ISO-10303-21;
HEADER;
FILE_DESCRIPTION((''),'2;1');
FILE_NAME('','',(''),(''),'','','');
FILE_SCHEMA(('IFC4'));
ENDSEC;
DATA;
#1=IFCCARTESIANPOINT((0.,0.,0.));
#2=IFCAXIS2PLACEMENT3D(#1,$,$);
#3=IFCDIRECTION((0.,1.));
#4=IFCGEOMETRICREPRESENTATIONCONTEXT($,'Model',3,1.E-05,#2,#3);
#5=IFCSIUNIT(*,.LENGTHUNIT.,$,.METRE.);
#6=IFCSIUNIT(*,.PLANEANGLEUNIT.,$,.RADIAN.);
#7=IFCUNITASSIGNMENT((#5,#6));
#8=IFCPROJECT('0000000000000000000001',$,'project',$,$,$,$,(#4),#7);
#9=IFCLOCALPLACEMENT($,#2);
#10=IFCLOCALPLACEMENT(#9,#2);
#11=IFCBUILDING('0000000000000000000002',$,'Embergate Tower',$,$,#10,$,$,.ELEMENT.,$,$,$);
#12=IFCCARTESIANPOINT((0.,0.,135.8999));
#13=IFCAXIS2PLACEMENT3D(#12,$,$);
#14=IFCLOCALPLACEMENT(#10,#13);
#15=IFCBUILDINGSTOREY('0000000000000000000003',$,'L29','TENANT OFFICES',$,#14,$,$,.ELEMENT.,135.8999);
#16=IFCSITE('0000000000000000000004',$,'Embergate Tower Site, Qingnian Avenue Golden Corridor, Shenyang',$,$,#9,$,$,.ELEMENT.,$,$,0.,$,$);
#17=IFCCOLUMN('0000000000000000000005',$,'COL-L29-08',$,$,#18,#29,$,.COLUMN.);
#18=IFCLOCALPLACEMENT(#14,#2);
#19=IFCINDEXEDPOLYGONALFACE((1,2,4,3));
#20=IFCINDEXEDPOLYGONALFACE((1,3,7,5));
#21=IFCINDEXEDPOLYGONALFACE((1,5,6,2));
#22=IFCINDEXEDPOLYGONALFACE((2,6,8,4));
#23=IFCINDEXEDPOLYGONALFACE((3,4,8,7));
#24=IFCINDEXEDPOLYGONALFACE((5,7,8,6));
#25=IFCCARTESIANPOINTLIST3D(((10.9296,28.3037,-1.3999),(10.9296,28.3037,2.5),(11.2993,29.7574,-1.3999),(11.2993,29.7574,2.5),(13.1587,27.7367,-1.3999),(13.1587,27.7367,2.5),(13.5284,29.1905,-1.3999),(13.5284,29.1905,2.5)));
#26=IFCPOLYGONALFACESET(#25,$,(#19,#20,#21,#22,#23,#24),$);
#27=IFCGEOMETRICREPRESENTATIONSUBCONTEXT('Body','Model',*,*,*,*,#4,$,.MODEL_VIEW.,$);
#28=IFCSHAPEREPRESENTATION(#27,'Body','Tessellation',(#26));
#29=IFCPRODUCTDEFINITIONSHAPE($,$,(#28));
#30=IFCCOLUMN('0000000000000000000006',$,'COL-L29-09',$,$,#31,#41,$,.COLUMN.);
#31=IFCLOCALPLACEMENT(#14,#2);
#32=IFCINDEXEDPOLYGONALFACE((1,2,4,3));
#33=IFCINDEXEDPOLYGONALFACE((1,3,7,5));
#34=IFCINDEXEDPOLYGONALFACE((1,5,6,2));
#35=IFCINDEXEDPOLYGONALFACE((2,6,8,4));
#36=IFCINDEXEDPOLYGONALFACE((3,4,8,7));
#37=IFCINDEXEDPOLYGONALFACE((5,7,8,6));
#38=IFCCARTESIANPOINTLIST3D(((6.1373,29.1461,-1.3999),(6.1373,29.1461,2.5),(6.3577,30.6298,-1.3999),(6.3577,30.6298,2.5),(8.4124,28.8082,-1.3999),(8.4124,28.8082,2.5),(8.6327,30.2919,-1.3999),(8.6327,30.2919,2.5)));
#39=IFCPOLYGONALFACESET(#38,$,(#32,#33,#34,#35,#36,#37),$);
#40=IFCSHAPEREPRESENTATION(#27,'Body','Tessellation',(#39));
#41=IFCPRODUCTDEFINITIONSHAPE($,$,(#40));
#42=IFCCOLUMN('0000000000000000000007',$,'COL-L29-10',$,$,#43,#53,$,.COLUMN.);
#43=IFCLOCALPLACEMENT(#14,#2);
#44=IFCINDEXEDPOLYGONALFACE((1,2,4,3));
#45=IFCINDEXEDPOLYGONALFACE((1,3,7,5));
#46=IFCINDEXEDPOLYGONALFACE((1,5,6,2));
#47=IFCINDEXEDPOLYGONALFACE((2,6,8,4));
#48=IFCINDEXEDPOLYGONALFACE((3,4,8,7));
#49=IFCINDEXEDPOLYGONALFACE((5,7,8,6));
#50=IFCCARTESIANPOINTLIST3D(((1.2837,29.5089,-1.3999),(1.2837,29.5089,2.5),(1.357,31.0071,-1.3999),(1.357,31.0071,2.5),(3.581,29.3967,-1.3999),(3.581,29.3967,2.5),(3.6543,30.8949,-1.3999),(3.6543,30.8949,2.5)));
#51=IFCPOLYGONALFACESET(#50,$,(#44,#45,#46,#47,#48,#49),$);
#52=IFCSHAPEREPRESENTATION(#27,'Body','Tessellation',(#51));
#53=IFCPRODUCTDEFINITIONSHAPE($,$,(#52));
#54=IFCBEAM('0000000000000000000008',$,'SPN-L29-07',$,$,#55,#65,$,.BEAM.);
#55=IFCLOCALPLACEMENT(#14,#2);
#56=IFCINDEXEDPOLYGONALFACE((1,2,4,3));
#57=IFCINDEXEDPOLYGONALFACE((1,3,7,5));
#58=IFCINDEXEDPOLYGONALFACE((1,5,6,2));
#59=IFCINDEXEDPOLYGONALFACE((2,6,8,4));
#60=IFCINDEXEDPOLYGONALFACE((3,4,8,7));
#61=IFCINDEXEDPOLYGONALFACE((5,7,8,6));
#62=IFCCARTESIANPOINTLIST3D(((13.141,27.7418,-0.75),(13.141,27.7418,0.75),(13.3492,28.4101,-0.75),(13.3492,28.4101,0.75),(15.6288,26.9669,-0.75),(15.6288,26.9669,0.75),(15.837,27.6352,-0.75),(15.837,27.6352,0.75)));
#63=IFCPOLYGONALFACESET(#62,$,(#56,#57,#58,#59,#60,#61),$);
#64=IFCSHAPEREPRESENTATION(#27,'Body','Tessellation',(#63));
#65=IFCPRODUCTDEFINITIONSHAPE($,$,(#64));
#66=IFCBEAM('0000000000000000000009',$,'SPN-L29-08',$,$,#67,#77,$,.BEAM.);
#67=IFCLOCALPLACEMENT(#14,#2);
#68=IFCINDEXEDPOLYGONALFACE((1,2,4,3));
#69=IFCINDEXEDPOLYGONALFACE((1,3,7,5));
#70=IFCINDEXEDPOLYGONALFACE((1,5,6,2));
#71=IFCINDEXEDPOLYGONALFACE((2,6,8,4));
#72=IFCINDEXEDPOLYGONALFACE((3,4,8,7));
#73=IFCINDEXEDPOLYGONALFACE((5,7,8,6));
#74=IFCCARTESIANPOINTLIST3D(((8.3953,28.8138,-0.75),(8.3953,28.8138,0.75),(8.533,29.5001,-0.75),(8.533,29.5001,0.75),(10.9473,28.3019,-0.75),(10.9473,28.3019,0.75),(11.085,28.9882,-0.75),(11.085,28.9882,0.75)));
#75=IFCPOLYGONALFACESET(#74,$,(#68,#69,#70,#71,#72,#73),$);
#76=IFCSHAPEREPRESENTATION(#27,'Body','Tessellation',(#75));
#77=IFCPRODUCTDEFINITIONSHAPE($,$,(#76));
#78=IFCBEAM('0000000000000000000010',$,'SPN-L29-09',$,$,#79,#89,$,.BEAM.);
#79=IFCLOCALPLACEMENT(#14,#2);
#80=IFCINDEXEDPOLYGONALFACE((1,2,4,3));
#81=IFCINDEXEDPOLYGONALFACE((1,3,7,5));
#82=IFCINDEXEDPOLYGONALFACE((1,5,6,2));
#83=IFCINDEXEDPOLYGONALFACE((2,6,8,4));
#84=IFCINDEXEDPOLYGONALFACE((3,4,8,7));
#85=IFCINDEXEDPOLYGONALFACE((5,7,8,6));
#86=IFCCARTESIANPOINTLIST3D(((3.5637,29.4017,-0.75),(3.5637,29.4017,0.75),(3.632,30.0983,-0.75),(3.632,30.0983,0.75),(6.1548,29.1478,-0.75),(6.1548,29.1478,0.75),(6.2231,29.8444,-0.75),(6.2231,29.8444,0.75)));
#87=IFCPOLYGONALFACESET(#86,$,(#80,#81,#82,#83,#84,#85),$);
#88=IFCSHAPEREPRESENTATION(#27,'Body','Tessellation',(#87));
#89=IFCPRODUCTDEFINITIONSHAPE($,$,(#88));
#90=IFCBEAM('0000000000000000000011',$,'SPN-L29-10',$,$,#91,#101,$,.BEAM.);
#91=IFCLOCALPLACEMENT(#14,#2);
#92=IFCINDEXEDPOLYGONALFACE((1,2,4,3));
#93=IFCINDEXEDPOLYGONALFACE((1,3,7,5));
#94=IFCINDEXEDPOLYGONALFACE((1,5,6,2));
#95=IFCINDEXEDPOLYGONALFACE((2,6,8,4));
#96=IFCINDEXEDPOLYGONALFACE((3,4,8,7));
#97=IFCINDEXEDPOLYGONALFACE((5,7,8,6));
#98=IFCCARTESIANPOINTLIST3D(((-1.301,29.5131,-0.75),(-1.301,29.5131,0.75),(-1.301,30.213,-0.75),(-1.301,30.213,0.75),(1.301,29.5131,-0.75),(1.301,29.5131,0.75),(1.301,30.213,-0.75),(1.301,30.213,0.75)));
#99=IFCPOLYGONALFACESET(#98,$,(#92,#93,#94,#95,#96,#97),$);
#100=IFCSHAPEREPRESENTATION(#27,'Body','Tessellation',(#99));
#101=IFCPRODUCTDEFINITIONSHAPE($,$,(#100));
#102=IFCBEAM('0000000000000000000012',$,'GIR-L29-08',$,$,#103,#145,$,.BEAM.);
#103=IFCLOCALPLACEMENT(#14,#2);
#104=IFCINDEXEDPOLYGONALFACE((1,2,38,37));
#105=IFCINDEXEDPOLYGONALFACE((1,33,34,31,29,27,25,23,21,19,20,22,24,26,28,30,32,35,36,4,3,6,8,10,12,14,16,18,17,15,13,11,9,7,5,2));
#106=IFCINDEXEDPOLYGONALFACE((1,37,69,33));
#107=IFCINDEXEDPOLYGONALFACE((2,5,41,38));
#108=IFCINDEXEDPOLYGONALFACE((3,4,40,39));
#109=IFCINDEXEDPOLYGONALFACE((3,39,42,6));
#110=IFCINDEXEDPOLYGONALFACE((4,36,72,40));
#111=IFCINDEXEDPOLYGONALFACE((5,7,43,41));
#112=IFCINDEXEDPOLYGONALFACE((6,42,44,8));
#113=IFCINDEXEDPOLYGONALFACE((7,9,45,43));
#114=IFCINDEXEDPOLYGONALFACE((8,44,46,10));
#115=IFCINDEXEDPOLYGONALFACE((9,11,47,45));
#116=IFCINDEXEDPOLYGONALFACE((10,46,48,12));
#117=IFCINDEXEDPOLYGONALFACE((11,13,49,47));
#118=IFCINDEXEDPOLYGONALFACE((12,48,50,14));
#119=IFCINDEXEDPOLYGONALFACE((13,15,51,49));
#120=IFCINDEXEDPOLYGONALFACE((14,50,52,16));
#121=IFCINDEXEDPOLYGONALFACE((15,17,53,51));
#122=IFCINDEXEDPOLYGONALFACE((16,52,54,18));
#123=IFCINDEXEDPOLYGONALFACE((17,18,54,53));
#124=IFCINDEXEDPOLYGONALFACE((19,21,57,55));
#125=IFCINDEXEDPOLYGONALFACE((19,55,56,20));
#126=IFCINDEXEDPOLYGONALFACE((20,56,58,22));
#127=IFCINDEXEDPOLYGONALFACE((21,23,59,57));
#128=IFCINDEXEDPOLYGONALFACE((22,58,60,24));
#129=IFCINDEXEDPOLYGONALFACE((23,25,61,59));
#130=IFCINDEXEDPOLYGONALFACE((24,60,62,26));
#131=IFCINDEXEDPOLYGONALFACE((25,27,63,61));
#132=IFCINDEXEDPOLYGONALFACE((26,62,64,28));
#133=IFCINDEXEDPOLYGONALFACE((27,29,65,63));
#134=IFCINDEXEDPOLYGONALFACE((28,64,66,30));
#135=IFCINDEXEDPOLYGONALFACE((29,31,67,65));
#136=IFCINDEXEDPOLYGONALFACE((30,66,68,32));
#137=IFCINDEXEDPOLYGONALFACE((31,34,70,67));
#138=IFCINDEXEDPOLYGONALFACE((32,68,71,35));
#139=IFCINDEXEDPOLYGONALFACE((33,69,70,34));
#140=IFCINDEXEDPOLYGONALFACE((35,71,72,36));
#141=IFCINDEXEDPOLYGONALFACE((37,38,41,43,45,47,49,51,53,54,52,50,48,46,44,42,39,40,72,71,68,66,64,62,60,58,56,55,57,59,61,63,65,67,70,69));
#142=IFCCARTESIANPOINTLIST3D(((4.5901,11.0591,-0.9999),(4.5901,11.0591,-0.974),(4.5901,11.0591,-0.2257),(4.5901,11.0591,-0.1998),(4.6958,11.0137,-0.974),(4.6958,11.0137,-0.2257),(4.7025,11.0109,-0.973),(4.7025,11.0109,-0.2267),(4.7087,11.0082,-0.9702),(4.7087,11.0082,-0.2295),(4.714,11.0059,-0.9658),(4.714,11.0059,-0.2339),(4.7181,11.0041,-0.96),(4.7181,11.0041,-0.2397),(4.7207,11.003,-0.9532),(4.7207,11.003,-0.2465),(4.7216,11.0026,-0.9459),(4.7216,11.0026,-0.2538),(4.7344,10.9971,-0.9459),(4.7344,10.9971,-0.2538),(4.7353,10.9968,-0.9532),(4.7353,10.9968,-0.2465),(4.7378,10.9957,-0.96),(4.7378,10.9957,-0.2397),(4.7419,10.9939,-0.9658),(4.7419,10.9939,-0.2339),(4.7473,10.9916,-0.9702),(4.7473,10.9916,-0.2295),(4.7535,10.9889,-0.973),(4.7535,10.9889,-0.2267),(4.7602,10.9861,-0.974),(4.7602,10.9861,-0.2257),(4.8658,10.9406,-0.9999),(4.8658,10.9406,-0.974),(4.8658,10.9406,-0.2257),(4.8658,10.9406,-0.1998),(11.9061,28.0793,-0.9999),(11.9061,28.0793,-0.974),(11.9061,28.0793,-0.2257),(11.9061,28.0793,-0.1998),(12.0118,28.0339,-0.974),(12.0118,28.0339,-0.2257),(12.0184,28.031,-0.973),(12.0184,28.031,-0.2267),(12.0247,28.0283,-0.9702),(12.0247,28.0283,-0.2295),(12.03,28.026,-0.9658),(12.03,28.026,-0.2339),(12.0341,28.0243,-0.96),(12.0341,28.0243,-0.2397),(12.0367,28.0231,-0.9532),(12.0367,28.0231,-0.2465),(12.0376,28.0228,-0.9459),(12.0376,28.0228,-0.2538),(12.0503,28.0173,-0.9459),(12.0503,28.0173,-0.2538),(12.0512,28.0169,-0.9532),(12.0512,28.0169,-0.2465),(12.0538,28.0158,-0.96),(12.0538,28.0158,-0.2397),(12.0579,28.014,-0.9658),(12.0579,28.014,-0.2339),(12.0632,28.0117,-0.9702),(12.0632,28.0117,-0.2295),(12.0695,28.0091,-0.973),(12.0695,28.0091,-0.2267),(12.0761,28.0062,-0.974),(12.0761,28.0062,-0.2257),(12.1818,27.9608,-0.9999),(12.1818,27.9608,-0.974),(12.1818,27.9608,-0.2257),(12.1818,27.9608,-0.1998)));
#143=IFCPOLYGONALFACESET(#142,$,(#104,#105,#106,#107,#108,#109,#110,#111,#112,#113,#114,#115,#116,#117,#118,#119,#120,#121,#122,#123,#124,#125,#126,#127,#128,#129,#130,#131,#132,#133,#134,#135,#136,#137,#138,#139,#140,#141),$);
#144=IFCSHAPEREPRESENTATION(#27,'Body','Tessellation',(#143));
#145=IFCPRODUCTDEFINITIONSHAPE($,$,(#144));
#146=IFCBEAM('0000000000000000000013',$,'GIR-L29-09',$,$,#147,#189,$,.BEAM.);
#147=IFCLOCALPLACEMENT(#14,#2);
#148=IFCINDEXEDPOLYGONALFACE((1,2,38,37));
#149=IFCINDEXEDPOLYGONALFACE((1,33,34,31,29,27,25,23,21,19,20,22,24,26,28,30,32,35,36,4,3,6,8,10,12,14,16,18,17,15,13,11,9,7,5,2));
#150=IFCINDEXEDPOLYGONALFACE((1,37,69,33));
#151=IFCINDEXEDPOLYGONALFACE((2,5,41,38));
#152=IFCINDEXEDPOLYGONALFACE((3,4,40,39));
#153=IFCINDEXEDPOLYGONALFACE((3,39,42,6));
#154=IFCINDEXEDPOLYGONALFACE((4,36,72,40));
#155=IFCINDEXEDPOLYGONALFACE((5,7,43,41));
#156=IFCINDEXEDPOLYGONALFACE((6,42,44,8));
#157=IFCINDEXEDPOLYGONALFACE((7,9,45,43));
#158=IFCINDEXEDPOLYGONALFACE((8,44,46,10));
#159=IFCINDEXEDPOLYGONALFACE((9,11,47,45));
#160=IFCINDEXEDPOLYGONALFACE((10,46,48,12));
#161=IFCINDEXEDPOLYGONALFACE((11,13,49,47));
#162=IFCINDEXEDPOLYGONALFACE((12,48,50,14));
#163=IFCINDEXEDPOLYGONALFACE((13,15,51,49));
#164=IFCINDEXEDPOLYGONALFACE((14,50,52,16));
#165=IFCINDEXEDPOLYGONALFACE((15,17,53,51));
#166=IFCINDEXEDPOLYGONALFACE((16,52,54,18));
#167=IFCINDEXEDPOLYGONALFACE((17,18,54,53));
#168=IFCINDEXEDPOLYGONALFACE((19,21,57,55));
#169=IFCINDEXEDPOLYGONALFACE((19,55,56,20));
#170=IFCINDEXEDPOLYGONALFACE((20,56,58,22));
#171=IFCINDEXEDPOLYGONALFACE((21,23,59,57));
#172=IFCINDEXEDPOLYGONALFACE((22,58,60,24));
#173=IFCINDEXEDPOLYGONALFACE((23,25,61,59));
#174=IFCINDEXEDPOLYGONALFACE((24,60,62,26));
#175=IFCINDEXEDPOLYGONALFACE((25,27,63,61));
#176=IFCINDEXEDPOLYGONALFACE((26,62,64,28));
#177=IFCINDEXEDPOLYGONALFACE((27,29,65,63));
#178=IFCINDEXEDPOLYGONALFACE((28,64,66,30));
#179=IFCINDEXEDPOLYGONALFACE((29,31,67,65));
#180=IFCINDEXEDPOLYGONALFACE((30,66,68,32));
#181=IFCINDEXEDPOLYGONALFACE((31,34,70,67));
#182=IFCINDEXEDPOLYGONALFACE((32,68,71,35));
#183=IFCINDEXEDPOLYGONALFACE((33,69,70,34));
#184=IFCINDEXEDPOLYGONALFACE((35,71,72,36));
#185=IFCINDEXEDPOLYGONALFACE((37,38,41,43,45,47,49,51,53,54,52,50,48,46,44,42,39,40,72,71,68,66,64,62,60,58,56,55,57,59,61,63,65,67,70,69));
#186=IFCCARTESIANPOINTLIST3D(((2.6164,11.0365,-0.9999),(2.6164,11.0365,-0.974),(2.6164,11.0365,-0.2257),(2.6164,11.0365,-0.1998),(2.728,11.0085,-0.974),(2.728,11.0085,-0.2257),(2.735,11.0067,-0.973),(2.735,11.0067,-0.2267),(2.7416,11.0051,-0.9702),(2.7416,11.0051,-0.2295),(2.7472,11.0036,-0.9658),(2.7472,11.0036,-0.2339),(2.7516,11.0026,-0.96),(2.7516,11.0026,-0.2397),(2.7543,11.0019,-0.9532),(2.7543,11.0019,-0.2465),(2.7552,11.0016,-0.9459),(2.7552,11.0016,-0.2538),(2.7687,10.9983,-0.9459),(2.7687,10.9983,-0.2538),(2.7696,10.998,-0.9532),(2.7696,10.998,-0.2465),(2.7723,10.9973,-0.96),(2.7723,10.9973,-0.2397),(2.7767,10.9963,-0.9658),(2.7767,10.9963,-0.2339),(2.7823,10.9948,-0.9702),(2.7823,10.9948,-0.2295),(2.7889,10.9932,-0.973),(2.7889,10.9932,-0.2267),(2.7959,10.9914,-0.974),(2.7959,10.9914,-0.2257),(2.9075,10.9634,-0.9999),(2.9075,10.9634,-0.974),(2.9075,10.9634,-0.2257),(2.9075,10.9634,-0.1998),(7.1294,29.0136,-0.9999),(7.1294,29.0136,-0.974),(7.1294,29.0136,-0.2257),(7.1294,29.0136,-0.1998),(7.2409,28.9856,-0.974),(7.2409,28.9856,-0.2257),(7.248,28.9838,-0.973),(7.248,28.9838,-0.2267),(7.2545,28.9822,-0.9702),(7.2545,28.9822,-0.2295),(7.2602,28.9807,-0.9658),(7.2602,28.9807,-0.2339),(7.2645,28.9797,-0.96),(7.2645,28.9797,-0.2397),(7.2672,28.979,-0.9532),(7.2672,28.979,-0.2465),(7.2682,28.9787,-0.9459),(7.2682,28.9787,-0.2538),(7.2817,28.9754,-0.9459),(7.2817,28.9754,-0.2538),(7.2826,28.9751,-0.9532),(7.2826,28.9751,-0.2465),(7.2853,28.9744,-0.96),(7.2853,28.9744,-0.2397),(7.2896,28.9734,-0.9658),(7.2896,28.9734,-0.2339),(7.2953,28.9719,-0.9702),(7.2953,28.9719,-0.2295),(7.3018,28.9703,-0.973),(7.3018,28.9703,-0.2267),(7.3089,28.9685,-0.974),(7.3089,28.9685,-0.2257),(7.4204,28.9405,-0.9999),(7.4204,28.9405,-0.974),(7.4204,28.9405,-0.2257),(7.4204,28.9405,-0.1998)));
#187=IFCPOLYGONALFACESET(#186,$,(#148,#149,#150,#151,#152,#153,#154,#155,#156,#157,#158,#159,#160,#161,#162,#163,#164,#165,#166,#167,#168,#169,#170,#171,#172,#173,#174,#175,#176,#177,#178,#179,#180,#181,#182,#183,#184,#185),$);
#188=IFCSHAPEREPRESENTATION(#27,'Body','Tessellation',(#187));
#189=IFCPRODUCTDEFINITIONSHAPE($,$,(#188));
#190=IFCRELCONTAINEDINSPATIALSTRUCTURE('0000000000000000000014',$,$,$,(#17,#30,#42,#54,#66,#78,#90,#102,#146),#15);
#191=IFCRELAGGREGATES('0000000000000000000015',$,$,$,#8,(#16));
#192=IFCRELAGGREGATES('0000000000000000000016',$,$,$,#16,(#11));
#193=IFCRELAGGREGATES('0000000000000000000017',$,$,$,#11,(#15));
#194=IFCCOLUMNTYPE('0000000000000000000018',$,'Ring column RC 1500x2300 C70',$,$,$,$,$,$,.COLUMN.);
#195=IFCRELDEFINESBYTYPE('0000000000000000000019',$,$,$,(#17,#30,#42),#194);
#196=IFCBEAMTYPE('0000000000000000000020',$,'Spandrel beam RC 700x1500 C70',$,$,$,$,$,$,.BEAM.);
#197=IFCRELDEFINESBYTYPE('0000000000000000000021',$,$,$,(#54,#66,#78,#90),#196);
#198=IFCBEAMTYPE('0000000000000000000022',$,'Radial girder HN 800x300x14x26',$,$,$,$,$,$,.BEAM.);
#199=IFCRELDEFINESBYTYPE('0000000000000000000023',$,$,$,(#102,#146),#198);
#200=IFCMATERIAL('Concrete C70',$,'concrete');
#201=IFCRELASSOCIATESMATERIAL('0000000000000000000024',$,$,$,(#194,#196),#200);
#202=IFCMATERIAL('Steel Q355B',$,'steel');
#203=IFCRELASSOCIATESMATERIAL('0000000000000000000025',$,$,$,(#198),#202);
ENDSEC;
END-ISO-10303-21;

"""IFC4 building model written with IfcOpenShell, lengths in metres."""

from ifc_helpers import new_model, si_unit, direction, frame, origin, origin_2d, place, context, subcontext, project, spatial, rectangle, i_section, extrude, source, transform, mapped, material, material_profile, profile_set, type_object, element, save


model = new_model("IFC4")

# Units and contexts
model_context = context("Model", 3, precision=1e-05, world=origin(), true_north=direction((0.0, 1.0)))
body_context = subcontext(model_context, "Body", "Model", "MODEL_VIEW")
ifc_project = project(units=[si_unit("LENGTHUNIT", "METRE"), si_unit("PLANEANGLEUNIT", "RADIAN")], contexts=[model_context])

# Site, building, storey
site_placement = place(None, origin())
site = spatial("IfcSite", under=ifc_project, at=site_placement, Name="Embergate Tower Site, Qingnian Avenue Golden Corridor, Shenyang", CompositionType="ELEMENT", RefElevation=0.0)
building_placement = place(site_placement, origin())
building = spatial("IfcBuilding", under=site, at=building_placement, Name="Embergate Tower", CompositionType="ELEMENT")
storey_placement = place(building_placement, frame((0.0, 0.0, 135.8999)))
storey = spatial("IfcBuildingStorey", under=building, at=storey_placement, Name="L29", Description="TENANT OFFICES", CompositionType="ELEMENT", Elevation=135.8999)

# Columns
ifc_material_1 = material(Name="Concrete C70", Category="concrete")
ifc_material_profile_1 = material_profile(ifc_material_1, rectangle(XDim=1.5, YDim=2.3, at=origin_2d()), Name="RC 1500x2300")
ifc_profile_set_1 = profile_set([ifc_material_profile_1], Name="Concrete C70")
column_type = type_object("IfcColumnType", Name="Ring column RC 1500x2300 C70", PredefinedType="COLUMN", material=ifc_profile_set_1)
shared_shape_1 = source(origin(), body_context, "Body", "SweptSolid", [
    extrude(rectangle(XDim=1.5, YDim=2.3, at=origin_2d()), origin(), (0.0, 0.0, 1.0), 3.8999),
])
for number, where, z_axis, x_axis, name in (
    (1, (12.229, 28.7471, -1.3999), (0.0, 0.0, 1.0), (0.246492, 0.969145, 0.0), "COL-L29-08"),
    (2, (7.385, 29.719, -1.3999), (0.0, 0.0, 1.0), (0.146929, 0.989147, 0.0), "COL-L29-09"),
    (3, (2.469, 30.2019, -1.3999), (0.0, 0.0, 1.0), (0.048815, 0.998808, 0.0), "COL-L29-10"),
):
    element("IfcColumn", number, at=place(storey_placement, frame(where, z_axis=z_axis, x_axis=x_axis)), inside=storey, type_object=column_type, Name=name, PredefinedType="COLUMN", context=body_context, shape_type="MappedRepresentation", body=[
        mapped(shared_shape_1, transform((0.0, 0.0, 0.0))),
    ])

# Beams
ifc_material_profile_2 = material_profile(ifc_material_1, rectangle(XDim=0.7, YDim=1.5, at=origin_2d()), Name="RC 700x1500")
ifc_profile_set_2 = profile_set([ifc_material_profile_2], Name="Concrete C70")
beam_type_1 = type_object("IfcBeamType", Name="Spandrel beam RC 700x1500 C70", PredefinedType="BEAM", material=ifc_profile_set_2)
shared_shape_2 = source(origin(), body_context, "Body", "SweptSolid", [
    extrude(rectangle(XDim=0.7, YDim=1.5, at=origin_2d()), origin(), (0.0, 0.0, 1.0), 2.6057),
])
beam_1_placement = place(storey_placement, frame((15.7329, 27.301, 0.0), z_axis=(-0.954756, 0.297389, 0.0), x_axis=(-0.297389, -0.954756, 0.0)))
element("IfcBeam", 4, at=beam_1_placement, inside=storey, type_object=beam_type_1, Name="SPN-L29-07", PredefinedType="BEAM", context=body_context, shape_type="MappedRepresentation", body=[
    mapped(shared_shape_2, transform((0.0, 0.0, 0.0))),
])
shared_shape_3 = source(origin(), body_context, "Body", "SweptSolid", [
    extrude(rectangle(XDim=0.7, YDim=1.5, at=origin_2d()), origin(), (0.0, 0.0, 1.0), 2.6028),
])
beam_2_placement = place(storey_placement, frame((11.0161, 28.645, 0.0), z_axis=(-0.980465, 0.196693, 0.0), x_axis=(-0.196693, -0.980465, 0.0)))
element("IfcBeam", 5, at=beam_2_placement, inside=storey, type_object=beam_type_1, Name="SPN-L29-08", PredefinedType="BEAM", context=body_context, shape_type="MappedRepresentation", body=[
    mapped(shared_shape_3, transform((0.0, 0.0, 0.0))),
])
shared_shape_4 = source(origin(), body_context, "Body", "SweptSolid", [
    extrude(rectangle(XDim=0.7, YDim=1.5, at=origin_2d()), origin(), (0.0, 0.0, 1.0), 2.6035),
])
beam_3_placement = place(storey_placement, frame((6.189, 29.4961, 0.0), z_axis=(-0.995233, 0.097526, 0.0), x_axis=(-0.097526, -0.995233, 0.0)))
element("IfcBeam", 6, at=beam_3_placement, inside=storey, type_object=beam_type_1, Name="SPN-L29-09", PredefinedType="BEAM", context=body_context, shape_type="MappedRepresentation", body=[
    mapped(shared_shape_4, transform((0.0, 0.0, 0.0))),
])
shared_shape_5 = source(origin(), body_context, "Body", "SweptSolid", [
    extrude(rectangle(XDim=0.7, YDim=1.5, at=origin_2d()), origin(), (0.0, 0.0, 1.0), 2.6021),
])
beam_4_placement = place(storey_placement, frame((1.301, 29.863, 0.0), z_axis=(-1.0, 0.0, 0.0), x_axis=(0.0, -1.0, 0.0)))
element("IfcBeam", 7, at=beam_4_placement, inside=storey, type_object=beam_type_1, Name="SPN-L29-10", PredefinedType="BEAM", context=body_context, shape_type="MappedRepresentation", body=[
    mapped(shared_shape_5, transform((0.0, 0.0, 0.0))),
])
ifc_material_2 = material(Name="Steel Q355B", Category="steel")
ifc_material_profile_3 = material_profile(ifc_material_2, i_section(OverallWidth=0.3, OverallDepth=0.8, WebThickness=0.0139, FlangeThickness=0.0259, FilletRadius=0.0281, at=origin_2d()), Name="HN 800x300x14x26")
ifc_profile_set_3 = profile_set([ifc_material_profile_3], Name="Steel Q355 grade B")
beam_type_2 = type_object("IfcBeamType", Name="Radial girder HN 800x300x14x26", PredefinedType="BEAM", material=ifc_profile_set_3)
shared_shape_6 = source(origin(), body_context, "Body", "SweptSolid", [
    extrude(i_section(OverallWidth=0.3, OverallDepth=0.8, WebThickness=0.0139, FlangeThickness=0.0259, FilletRadius=0.0281, at=origin_2d()), origin(), (0.0, 0.0, 1.0), 18.5259),
])
beam_5_placement = place(storey_placement, frame((12.0439, 28.02, -0.5999), z_axis=(-0.394905, -0.918722, 0.0), x_axis=(0.918722, -0.394905, 0.0)))
element("IfcBeam", 8, at=beam_5_placement, inside=storey, type_object=beam_type_2, Name="GIR-L29-08", PredefinedType="BEAM", context=body_context, shape_type="MappedRepresentation", body=[
    mapped(shared_shape_6, transform((0.0, 0.0, 0.0))),
])
shared_shape_7 = source(origin(), body_context, "Body", "SweptSolid", [
    extrude(i_section(OverallWidth=0.3, OverallDepth=0.8, WebThickness=0.0139, FlangeThickness=0.0259, FilletRadius=0.0281, at=origin_2d()), origin(), (0.0, 0.0, 1.0), 18.5349),
])
beam_6_placement = place(storey_placement, frame((7.2749, 28.9771, -0.5999), z_axis=(-0.243484, -0.969905, 0.0), x_axis=(0.969905, -0.243484, 0.0)))
element("IfcBeam", 9, at=beam_6_placement, inside=storey, type_object=beam_type_2, Name="GIR-L29-09", PredefinedType="BEAM", context=body_context, shape_type="MappedRepresentation", body=[
    mapped(shared_shape_7, transform((0.0, 0.0, 0.0))),
])

save(model, "model.ifc")
